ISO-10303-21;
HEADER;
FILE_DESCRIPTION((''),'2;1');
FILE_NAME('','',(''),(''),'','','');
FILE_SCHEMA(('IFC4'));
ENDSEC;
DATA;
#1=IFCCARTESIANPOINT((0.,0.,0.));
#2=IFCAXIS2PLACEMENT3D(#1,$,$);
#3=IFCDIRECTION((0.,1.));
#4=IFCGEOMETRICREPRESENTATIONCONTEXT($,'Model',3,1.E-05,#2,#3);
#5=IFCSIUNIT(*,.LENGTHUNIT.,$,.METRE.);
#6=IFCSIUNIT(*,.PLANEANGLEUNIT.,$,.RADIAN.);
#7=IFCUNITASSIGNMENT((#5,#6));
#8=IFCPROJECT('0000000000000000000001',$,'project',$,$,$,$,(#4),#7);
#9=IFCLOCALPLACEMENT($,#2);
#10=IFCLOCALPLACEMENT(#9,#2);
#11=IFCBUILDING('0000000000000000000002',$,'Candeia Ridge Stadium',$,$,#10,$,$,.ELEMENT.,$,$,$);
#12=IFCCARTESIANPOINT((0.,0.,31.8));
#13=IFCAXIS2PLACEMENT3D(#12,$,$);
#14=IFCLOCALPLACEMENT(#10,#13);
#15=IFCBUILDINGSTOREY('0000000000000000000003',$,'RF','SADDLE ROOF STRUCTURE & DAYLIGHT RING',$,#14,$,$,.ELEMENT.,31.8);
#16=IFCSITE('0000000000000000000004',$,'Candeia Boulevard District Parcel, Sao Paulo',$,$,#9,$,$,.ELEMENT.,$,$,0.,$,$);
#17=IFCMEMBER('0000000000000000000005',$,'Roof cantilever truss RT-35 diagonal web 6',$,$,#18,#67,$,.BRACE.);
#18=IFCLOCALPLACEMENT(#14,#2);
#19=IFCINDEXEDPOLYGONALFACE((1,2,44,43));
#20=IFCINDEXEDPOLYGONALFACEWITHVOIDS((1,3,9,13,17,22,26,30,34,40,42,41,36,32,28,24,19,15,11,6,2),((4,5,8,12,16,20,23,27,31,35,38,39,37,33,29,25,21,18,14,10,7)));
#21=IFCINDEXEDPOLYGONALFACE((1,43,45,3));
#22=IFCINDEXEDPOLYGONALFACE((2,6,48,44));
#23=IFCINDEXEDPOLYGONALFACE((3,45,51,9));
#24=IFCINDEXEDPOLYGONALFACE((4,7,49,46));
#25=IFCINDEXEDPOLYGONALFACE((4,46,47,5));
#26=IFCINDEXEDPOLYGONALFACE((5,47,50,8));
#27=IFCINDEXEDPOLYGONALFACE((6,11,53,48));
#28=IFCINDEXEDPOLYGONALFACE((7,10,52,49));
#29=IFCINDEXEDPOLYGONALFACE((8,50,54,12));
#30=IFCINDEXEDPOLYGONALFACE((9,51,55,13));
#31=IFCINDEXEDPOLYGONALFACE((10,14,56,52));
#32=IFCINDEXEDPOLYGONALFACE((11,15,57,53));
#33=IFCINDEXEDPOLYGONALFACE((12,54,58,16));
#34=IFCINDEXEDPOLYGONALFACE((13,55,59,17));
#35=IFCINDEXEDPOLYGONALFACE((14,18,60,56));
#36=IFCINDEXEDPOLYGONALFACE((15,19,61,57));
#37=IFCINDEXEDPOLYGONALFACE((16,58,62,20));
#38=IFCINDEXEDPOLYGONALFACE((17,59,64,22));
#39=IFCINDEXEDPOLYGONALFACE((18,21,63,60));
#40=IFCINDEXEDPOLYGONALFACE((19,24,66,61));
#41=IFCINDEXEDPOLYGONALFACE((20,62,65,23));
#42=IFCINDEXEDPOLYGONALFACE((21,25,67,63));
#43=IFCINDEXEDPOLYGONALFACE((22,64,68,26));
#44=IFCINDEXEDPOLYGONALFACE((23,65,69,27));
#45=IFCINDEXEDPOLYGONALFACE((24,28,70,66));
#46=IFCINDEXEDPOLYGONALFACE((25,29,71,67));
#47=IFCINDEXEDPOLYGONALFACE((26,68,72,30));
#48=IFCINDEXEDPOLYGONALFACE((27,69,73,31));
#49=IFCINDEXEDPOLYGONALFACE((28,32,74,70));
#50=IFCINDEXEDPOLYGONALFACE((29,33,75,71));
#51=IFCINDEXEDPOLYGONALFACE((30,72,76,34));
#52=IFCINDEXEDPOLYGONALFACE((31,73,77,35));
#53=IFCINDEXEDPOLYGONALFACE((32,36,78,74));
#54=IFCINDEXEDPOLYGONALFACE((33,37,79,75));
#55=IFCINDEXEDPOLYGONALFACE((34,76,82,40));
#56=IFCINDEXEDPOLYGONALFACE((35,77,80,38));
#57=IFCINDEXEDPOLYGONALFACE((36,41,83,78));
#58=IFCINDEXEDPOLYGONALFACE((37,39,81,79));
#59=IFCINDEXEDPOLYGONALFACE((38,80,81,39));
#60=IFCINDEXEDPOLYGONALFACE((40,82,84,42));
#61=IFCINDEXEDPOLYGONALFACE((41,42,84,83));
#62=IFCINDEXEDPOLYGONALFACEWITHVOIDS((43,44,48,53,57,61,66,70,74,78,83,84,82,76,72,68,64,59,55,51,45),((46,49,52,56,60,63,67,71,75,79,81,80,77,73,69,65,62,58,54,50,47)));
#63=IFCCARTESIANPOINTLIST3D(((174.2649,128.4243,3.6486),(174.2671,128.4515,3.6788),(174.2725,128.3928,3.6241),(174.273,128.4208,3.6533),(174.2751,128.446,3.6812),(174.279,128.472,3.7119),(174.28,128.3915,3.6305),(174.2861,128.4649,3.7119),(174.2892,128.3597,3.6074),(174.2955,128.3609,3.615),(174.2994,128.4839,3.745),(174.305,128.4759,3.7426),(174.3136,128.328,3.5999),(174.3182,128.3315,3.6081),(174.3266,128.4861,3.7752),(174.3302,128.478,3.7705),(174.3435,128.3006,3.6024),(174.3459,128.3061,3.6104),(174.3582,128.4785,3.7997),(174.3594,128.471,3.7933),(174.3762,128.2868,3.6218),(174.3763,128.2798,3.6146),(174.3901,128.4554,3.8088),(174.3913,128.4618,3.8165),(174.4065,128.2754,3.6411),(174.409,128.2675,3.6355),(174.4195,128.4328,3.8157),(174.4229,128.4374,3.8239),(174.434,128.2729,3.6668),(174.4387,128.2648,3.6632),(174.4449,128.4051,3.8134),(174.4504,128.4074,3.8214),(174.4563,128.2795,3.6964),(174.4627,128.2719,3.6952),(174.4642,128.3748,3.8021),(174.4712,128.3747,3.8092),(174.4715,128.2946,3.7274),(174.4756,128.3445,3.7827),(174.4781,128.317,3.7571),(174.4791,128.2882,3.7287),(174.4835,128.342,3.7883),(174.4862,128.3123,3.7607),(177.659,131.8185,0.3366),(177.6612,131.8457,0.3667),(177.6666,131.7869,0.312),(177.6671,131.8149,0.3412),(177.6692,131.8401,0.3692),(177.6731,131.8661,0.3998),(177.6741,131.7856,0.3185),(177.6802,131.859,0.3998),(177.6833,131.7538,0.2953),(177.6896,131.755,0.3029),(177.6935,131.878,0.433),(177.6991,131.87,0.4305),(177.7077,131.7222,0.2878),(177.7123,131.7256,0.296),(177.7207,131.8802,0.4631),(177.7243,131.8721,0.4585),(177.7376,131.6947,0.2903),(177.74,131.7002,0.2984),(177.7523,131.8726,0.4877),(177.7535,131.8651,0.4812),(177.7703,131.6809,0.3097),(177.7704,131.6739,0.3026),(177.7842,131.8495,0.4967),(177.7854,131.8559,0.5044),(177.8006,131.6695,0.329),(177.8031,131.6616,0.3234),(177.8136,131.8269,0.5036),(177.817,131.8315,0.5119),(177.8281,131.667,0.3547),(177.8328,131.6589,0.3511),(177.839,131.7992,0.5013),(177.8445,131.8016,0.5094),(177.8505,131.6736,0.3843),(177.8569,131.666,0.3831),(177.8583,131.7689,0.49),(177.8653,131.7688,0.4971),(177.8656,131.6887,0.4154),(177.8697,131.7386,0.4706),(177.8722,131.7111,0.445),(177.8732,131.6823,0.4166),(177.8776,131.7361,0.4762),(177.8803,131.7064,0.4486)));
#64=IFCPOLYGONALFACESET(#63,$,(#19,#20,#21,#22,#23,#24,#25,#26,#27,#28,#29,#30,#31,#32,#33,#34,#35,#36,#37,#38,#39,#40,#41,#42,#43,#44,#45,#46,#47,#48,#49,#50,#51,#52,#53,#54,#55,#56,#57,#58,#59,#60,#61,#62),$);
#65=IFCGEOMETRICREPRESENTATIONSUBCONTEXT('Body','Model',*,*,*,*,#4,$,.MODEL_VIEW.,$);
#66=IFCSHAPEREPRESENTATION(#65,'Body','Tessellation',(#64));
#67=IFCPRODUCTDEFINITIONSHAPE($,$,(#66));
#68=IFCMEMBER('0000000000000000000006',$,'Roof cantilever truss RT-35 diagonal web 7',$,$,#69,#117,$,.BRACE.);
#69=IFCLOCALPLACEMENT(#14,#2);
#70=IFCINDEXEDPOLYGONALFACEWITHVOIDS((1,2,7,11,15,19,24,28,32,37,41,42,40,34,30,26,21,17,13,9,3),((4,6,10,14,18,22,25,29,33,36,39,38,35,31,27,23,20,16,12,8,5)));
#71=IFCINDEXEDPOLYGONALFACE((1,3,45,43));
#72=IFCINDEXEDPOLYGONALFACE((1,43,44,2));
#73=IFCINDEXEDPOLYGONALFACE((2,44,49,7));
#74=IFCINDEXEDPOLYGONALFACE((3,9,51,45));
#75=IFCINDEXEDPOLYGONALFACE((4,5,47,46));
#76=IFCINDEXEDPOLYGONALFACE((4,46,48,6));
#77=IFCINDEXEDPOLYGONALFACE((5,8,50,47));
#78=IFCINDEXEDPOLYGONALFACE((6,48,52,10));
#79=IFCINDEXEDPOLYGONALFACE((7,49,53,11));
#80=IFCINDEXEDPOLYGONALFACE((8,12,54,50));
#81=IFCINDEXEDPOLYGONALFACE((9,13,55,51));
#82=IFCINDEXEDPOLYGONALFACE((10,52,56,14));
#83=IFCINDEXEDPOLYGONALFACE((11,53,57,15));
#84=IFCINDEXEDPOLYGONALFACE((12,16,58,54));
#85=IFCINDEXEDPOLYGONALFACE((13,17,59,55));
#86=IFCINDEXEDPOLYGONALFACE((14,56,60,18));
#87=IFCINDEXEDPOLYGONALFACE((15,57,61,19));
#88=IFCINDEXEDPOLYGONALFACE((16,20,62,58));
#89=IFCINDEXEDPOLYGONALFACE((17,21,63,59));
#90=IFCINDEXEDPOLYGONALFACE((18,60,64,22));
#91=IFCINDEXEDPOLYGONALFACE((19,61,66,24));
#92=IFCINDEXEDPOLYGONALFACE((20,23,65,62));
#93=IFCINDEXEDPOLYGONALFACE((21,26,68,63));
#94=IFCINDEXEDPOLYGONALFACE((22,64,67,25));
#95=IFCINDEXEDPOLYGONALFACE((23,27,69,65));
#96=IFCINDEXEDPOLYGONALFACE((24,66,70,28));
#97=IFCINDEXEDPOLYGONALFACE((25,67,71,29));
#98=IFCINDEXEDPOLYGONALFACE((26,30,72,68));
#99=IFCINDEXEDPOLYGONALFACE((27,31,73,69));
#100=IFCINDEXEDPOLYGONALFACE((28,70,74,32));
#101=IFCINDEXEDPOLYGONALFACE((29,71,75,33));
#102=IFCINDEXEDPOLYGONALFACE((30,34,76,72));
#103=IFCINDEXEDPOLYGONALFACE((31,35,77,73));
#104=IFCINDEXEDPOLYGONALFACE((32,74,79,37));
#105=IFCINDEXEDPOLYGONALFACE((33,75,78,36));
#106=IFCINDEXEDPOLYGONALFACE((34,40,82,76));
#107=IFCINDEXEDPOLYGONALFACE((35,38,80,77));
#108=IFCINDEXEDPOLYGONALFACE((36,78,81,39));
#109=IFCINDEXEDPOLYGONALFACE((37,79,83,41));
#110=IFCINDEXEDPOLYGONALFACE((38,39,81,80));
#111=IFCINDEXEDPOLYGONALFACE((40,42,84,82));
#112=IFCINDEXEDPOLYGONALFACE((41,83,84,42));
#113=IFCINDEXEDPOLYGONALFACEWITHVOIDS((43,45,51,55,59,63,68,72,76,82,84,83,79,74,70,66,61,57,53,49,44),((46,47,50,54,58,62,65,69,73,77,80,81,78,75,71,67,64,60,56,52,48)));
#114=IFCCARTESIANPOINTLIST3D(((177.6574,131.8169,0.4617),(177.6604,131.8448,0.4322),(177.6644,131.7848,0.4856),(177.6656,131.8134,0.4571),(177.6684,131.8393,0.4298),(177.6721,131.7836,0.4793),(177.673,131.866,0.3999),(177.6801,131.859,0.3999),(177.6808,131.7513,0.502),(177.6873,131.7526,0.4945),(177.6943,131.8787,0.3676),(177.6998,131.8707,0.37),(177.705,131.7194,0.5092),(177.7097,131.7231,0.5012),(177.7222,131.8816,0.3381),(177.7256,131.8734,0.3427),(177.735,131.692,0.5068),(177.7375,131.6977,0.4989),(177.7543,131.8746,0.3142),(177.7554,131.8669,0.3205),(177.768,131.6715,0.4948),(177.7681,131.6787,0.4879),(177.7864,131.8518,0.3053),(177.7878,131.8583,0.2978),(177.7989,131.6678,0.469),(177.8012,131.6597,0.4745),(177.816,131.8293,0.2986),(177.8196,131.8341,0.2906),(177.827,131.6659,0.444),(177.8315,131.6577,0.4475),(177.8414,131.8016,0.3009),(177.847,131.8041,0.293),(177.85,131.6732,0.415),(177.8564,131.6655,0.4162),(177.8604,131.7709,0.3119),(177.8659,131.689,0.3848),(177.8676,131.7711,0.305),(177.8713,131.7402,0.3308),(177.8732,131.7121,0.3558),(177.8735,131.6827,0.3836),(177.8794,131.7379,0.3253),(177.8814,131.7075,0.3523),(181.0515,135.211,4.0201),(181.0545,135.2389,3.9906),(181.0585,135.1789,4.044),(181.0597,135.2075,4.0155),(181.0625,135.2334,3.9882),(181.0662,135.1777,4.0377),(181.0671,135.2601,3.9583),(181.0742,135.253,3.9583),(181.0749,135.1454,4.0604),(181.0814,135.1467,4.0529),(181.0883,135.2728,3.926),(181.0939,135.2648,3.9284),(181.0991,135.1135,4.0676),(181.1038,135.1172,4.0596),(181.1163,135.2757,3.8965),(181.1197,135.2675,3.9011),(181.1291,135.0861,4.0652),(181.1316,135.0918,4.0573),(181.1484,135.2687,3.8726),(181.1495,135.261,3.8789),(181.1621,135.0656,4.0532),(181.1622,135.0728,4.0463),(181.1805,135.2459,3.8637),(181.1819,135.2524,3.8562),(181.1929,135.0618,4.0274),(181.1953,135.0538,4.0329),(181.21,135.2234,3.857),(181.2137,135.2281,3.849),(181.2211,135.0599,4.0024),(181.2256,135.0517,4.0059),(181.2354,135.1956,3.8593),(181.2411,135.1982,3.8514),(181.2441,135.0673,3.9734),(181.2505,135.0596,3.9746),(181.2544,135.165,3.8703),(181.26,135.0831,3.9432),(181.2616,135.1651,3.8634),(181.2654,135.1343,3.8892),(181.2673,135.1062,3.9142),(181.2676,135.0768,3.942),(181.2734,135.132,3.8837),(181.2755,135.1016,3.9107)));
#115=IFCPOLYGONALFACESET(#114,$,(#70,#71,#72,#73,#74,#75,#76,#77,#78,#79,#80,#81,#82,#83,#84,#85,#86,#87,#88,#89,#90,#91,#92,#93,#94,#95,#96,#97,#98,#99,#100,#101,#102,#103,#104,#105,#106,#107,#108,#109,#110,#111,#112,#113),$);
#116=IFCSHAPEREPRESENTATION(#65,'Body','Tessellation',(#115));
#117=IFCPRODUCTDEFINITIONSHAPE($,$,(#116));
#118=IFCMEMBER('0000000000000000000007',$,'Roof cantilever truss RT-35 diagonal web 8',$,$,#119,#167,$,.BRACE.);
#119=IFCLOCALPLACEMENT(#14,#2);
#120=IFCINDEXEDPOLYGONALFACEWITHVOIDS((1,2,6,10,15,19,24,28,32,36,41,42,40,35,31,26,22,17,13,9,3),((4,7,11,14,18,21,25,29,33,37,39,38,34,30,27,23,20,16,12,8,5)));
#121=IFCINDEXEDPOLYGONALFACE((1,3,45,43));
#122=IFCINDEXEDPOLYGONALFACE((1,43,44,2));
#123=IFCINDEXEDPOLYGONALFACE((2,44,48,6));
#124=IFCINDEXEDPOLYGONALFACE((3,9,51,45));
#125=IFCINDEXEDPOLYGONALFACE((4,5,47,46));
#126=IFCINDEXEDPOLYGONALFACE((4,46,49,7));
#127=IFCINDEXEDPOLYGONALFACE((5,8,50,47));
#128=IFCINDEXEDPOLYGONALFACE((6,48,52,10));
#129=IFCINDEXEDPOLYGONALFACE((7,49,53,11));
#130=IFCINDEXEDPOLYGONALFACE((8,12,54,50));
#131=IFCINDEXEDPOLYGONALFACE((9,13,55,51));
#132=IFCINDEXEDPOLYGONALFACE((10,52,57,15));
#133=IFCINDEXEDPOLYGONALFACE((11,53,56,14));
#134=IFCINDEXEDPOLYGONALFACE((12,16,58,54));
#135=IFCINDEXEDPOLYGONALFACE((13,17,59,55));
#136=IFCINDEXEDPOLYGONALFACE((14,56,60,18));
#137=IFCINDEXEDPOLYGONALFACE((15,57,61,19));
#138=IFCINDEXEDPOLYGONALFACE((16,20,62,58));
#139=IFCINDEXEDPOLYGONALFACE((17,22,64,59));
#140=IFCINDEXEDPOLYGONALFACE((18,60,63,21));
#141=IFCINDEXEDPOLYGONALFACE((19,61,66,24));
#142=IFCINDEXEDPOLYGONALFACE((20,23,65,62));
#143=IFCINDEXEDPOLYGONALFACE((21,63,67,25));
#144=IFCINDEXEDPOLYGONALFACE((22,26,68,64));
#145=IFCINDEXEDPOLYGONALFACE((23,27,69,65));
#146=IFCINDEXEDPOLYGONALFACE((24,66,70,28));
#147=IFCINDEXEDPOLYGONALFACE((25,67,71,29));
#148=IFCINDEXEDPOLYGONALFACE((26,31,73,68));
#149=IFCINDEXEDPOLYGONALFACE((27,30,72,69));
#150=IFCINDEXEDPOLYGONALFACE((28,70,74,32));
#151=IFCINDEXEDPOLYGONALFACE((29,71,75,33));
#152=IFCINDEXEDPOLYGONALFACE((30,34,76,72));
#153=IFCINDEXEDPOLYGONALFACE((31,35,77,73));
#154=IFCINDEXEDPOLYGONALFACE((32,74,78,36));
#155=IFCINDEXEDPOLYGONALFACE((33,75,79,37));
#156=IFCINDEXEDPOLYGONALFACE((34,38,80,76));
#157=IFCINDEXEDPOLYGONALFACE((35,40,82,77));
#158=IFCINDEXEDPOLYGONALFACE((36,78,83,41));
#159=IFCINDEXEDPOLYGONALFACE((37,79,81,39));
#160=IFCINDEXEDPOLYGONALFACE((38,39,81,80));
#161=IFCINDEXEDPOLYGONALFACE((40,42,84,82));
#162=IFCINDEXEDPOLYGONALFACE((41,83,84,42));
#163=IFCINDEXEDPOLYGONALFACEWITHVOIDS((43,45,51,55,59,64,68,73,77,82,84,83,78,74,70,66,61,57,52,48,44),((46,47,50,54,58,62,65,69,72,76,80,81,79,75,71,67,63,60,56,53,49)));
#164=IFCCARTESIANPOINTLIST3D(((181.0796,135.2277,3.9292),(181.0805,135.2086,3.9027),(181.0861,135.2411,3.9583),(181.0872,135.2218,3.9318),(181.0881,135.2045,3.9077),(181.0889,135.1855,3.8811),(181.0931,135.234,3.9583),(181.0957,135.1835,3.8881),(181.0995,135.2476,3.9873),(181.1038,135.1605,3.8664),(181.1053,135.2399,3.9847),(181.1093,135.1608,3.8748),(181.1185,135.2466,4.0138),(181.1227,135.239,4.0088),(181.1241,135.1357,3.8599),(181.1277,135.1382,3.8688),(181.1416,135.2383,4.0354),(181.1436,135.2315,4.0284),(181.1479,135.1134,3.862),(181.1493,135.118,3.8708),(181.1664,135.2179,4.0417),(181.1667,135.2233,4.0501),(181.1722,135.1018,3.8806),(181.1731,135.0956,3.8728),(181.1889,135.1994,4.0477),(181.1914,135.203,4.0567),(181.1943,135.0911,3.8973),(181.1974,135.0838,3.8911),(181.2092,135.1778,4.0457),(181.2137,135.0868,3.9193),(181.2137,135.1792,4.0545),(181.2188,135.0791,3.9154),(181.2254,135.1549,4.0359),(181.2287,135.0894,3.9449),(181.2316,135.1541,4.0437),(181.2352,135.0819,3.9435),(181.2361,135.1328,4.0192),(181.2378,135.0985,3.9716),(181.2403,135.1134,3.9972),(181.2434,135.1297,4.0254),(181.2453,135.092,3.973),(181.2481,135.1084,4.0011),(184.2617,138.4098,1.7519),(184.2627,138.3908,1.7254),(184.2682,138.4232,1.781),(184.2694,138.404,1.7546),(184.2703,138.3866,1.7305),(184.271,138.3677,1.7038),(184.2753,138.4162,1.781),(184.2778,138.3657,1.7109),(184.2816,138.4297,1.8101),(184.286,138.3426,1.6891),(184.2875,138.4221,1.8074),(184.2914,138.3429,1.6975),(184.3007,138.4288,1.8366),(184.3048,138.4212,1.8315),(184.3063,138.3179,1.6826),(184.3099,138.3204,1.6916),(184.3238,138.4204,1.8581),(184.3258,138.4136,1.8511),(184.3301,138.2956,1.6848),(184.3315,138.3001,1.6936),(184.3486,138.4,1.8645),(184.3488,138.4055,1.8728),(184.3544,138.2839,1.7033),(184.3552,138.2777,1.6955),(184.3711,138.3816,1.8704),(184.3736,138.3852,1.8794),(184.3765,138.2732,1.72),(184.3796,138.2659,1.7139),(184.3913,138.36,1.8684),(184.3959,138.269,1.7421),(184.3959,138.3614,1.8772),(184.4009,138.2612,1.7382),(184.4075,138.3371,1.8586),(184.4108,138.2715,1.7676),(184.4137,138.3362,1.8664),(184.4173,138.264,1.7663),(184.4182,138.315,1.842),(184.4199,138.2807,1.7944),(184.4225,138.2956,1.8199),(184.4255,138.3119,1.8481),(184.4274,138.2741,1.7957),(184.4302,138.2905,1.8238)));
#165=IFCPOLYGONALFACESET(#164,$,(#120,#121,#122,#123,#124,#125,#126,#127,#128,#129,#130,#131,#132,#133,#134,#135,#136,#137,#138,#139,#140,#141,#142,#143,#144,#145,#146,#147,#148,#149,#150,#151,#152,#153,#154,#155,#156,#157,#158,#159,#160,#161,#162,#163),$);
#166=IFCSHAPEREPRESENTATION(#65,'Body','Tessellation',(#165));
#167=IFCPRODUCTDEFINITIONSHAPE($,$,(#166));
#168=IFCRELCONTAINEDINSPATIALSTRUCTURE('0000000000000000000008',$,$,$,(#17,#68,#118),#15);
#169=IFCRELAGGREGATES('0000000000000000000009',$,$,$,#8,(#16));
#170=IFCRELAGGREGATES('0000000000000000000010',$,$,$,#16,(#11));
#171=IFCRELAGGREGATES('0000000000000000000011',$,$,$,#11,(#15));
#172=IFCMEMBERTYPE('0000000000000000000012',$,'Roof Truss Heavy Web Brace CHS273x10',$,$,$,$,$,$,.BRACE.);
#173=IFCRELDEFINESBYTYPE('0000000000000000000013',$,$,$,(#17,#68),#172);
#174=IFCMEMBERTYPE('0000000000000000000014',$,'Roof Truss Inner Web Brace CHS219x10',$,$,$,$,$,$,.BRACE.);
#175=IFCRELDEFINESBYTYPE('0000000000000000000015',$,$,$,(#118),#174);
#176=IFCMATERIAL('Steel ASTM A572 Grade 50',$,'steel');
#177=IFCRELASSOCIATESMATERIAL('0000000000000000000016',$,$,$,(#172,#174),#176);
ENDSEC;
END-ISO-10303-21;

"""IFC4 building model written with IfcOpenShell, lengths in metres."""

from ifc_helpers import new_model, si_unit, direction, frame, origin, origin_2d, place, context, subcontext, project, spatial, hollow_circle, extrude, material, material_profile, profile_set, type_object, element, save


model = new_model("IFC4")

# Units and contexts
model_context = context("Model", 3, precision=1e-05, world=origin(), true_north=direction((0.0, 1.0)))
body_context = subcontext(model_context, "Body", "Model", "MODEL_VIEW")
ifc_project = project(units=[si_unit("LENGTHUNIT", "METRE"), si_unit("PLANEANGLEUNIT", "RADIAN")], contexts=[model_context])

# Site, building, storey
site_placement = place(None, origin())
site = spatial("IfcSite", under=ifc_project, at=site_placement, Name="Candeia Boulevard District Parcel, Sao Paulo", CompositionType="ELEMENT", RefElevation=0.0)
building_placement = place(site_placement, origin())
building = spatial("IfcBuilding", under=site, at=building_placement, Name="Candeia Ridge Stadium", CompositionType="ELEMENT")
storey_placement = place(building_placement, frame((0.0, 0.0, 31.8)))
storey = spatial("IfcBuildingStorey", under=building, at=storey_placement, Name="RF", Description="SADDLE ROOF STRUCTURE & DAYLIGHT RING", CompositionType="ELEMENT", Elevation=31.8)

# Shared definitions
ifc_material_1 = material(Name="Steel ASTM A572 Grade 50", Category="steel")

# Members
ifc_material_profile_1 = material_profile(ifc_material_1, hollow_circle(Radius=0.1365, WallThickness=0.01, at=origin_2d()), Name="CHS273x10", Category="steel")
ifc_profile_set_1 = profile_set([ifc_material_profile_1], Name="Steel ASTM A572 Grade 50")
member_type_1 = type_object("IfcMemberType", Name="Roof Truss Heavy Web Brace CHS273x10", PredefinedType="BRACE", material=ifc_profile_set_1)
member_1_placement = place(storey_placement, frame((174.3755, 128.3755, 3.7119), z_axis=(0.582001, 0.582001, -0.567935), x_axis=(-0.707107, 0.707107, 0.0)))
element("IfcMember", 1, at=member_1_placement, inside=storey, type_object=member_type_1, Name="Roof cantilever truss RT-35 diagonal web 6", PredefinedType="BRACE", context=body_context, shape_type="SweptSolid", body=[
    extrude(hollow_circle(Radius=0.1365, WallThickness=0.01, at=origin_2d()), origin(), (0.0, 0.0, 1.0), 5.8318),
])
member_2_placement = place(storey_placement, frame((177.7695, 131.7695, 0.3999), z_axis=(0.568038, 0.568038, 0.595537), x_axis=(-0.707107, 0.707107, 0.0)))
element("IfcMember", 2, at=member_2_placement, inside=storey, type_object=member_type_1, Name="Roof cantilever truss RT-35 diagonal web 7", PredefinedType="BRACE", context=body_context, shape_type="SweptSolid", body=[
    extrude(hollow_circle(Radius=0.1365, WallThickness=0.01, at=origin_2d()), origin(), (0.0, 0.0, 1.0), 5.9751),
])
ifc_material_profile_2 = material_profile(ifc_material_1, hollow_circle(Radius=0.1096, WallThickness=0.01, at=origin_2d()), Name="CHS219x10", Category="steel")
ifc_profile_set_2 = profile_set([ifc_material_profile_2], Name="Steel ASTM A572 Grade 50")
member_type_2 = type_object("IfcMemberType", Name="Roof Truss Inner Web Brace CHS219x10", PredefinedType="BRACE", material=ifc_profile_set_2)
member_3_placement = place(storey_placement, frame((181.1636, 135.1636, 3.9583), z_axis=(0.636524, 0.636524, -0.435516), x_axis=(-0.707107, 0.707107, 0.0)))
element("IfcMember", 3, at=member_3_placement, inside=storey, type_object=member_type_2, Name="Roof cantilever truss RT-35 diagonal web 8", PredefinedType="BRACE", context=body_context, shape_type="SweptSolid", body=[
    extrude(hollow_circle(Radius=0.1096, WallThickness=0.01, at=origin_2d()), origin(), (0.0, 0.0, 1.0), 4.9993),
])

save(model, "model.ifc")
